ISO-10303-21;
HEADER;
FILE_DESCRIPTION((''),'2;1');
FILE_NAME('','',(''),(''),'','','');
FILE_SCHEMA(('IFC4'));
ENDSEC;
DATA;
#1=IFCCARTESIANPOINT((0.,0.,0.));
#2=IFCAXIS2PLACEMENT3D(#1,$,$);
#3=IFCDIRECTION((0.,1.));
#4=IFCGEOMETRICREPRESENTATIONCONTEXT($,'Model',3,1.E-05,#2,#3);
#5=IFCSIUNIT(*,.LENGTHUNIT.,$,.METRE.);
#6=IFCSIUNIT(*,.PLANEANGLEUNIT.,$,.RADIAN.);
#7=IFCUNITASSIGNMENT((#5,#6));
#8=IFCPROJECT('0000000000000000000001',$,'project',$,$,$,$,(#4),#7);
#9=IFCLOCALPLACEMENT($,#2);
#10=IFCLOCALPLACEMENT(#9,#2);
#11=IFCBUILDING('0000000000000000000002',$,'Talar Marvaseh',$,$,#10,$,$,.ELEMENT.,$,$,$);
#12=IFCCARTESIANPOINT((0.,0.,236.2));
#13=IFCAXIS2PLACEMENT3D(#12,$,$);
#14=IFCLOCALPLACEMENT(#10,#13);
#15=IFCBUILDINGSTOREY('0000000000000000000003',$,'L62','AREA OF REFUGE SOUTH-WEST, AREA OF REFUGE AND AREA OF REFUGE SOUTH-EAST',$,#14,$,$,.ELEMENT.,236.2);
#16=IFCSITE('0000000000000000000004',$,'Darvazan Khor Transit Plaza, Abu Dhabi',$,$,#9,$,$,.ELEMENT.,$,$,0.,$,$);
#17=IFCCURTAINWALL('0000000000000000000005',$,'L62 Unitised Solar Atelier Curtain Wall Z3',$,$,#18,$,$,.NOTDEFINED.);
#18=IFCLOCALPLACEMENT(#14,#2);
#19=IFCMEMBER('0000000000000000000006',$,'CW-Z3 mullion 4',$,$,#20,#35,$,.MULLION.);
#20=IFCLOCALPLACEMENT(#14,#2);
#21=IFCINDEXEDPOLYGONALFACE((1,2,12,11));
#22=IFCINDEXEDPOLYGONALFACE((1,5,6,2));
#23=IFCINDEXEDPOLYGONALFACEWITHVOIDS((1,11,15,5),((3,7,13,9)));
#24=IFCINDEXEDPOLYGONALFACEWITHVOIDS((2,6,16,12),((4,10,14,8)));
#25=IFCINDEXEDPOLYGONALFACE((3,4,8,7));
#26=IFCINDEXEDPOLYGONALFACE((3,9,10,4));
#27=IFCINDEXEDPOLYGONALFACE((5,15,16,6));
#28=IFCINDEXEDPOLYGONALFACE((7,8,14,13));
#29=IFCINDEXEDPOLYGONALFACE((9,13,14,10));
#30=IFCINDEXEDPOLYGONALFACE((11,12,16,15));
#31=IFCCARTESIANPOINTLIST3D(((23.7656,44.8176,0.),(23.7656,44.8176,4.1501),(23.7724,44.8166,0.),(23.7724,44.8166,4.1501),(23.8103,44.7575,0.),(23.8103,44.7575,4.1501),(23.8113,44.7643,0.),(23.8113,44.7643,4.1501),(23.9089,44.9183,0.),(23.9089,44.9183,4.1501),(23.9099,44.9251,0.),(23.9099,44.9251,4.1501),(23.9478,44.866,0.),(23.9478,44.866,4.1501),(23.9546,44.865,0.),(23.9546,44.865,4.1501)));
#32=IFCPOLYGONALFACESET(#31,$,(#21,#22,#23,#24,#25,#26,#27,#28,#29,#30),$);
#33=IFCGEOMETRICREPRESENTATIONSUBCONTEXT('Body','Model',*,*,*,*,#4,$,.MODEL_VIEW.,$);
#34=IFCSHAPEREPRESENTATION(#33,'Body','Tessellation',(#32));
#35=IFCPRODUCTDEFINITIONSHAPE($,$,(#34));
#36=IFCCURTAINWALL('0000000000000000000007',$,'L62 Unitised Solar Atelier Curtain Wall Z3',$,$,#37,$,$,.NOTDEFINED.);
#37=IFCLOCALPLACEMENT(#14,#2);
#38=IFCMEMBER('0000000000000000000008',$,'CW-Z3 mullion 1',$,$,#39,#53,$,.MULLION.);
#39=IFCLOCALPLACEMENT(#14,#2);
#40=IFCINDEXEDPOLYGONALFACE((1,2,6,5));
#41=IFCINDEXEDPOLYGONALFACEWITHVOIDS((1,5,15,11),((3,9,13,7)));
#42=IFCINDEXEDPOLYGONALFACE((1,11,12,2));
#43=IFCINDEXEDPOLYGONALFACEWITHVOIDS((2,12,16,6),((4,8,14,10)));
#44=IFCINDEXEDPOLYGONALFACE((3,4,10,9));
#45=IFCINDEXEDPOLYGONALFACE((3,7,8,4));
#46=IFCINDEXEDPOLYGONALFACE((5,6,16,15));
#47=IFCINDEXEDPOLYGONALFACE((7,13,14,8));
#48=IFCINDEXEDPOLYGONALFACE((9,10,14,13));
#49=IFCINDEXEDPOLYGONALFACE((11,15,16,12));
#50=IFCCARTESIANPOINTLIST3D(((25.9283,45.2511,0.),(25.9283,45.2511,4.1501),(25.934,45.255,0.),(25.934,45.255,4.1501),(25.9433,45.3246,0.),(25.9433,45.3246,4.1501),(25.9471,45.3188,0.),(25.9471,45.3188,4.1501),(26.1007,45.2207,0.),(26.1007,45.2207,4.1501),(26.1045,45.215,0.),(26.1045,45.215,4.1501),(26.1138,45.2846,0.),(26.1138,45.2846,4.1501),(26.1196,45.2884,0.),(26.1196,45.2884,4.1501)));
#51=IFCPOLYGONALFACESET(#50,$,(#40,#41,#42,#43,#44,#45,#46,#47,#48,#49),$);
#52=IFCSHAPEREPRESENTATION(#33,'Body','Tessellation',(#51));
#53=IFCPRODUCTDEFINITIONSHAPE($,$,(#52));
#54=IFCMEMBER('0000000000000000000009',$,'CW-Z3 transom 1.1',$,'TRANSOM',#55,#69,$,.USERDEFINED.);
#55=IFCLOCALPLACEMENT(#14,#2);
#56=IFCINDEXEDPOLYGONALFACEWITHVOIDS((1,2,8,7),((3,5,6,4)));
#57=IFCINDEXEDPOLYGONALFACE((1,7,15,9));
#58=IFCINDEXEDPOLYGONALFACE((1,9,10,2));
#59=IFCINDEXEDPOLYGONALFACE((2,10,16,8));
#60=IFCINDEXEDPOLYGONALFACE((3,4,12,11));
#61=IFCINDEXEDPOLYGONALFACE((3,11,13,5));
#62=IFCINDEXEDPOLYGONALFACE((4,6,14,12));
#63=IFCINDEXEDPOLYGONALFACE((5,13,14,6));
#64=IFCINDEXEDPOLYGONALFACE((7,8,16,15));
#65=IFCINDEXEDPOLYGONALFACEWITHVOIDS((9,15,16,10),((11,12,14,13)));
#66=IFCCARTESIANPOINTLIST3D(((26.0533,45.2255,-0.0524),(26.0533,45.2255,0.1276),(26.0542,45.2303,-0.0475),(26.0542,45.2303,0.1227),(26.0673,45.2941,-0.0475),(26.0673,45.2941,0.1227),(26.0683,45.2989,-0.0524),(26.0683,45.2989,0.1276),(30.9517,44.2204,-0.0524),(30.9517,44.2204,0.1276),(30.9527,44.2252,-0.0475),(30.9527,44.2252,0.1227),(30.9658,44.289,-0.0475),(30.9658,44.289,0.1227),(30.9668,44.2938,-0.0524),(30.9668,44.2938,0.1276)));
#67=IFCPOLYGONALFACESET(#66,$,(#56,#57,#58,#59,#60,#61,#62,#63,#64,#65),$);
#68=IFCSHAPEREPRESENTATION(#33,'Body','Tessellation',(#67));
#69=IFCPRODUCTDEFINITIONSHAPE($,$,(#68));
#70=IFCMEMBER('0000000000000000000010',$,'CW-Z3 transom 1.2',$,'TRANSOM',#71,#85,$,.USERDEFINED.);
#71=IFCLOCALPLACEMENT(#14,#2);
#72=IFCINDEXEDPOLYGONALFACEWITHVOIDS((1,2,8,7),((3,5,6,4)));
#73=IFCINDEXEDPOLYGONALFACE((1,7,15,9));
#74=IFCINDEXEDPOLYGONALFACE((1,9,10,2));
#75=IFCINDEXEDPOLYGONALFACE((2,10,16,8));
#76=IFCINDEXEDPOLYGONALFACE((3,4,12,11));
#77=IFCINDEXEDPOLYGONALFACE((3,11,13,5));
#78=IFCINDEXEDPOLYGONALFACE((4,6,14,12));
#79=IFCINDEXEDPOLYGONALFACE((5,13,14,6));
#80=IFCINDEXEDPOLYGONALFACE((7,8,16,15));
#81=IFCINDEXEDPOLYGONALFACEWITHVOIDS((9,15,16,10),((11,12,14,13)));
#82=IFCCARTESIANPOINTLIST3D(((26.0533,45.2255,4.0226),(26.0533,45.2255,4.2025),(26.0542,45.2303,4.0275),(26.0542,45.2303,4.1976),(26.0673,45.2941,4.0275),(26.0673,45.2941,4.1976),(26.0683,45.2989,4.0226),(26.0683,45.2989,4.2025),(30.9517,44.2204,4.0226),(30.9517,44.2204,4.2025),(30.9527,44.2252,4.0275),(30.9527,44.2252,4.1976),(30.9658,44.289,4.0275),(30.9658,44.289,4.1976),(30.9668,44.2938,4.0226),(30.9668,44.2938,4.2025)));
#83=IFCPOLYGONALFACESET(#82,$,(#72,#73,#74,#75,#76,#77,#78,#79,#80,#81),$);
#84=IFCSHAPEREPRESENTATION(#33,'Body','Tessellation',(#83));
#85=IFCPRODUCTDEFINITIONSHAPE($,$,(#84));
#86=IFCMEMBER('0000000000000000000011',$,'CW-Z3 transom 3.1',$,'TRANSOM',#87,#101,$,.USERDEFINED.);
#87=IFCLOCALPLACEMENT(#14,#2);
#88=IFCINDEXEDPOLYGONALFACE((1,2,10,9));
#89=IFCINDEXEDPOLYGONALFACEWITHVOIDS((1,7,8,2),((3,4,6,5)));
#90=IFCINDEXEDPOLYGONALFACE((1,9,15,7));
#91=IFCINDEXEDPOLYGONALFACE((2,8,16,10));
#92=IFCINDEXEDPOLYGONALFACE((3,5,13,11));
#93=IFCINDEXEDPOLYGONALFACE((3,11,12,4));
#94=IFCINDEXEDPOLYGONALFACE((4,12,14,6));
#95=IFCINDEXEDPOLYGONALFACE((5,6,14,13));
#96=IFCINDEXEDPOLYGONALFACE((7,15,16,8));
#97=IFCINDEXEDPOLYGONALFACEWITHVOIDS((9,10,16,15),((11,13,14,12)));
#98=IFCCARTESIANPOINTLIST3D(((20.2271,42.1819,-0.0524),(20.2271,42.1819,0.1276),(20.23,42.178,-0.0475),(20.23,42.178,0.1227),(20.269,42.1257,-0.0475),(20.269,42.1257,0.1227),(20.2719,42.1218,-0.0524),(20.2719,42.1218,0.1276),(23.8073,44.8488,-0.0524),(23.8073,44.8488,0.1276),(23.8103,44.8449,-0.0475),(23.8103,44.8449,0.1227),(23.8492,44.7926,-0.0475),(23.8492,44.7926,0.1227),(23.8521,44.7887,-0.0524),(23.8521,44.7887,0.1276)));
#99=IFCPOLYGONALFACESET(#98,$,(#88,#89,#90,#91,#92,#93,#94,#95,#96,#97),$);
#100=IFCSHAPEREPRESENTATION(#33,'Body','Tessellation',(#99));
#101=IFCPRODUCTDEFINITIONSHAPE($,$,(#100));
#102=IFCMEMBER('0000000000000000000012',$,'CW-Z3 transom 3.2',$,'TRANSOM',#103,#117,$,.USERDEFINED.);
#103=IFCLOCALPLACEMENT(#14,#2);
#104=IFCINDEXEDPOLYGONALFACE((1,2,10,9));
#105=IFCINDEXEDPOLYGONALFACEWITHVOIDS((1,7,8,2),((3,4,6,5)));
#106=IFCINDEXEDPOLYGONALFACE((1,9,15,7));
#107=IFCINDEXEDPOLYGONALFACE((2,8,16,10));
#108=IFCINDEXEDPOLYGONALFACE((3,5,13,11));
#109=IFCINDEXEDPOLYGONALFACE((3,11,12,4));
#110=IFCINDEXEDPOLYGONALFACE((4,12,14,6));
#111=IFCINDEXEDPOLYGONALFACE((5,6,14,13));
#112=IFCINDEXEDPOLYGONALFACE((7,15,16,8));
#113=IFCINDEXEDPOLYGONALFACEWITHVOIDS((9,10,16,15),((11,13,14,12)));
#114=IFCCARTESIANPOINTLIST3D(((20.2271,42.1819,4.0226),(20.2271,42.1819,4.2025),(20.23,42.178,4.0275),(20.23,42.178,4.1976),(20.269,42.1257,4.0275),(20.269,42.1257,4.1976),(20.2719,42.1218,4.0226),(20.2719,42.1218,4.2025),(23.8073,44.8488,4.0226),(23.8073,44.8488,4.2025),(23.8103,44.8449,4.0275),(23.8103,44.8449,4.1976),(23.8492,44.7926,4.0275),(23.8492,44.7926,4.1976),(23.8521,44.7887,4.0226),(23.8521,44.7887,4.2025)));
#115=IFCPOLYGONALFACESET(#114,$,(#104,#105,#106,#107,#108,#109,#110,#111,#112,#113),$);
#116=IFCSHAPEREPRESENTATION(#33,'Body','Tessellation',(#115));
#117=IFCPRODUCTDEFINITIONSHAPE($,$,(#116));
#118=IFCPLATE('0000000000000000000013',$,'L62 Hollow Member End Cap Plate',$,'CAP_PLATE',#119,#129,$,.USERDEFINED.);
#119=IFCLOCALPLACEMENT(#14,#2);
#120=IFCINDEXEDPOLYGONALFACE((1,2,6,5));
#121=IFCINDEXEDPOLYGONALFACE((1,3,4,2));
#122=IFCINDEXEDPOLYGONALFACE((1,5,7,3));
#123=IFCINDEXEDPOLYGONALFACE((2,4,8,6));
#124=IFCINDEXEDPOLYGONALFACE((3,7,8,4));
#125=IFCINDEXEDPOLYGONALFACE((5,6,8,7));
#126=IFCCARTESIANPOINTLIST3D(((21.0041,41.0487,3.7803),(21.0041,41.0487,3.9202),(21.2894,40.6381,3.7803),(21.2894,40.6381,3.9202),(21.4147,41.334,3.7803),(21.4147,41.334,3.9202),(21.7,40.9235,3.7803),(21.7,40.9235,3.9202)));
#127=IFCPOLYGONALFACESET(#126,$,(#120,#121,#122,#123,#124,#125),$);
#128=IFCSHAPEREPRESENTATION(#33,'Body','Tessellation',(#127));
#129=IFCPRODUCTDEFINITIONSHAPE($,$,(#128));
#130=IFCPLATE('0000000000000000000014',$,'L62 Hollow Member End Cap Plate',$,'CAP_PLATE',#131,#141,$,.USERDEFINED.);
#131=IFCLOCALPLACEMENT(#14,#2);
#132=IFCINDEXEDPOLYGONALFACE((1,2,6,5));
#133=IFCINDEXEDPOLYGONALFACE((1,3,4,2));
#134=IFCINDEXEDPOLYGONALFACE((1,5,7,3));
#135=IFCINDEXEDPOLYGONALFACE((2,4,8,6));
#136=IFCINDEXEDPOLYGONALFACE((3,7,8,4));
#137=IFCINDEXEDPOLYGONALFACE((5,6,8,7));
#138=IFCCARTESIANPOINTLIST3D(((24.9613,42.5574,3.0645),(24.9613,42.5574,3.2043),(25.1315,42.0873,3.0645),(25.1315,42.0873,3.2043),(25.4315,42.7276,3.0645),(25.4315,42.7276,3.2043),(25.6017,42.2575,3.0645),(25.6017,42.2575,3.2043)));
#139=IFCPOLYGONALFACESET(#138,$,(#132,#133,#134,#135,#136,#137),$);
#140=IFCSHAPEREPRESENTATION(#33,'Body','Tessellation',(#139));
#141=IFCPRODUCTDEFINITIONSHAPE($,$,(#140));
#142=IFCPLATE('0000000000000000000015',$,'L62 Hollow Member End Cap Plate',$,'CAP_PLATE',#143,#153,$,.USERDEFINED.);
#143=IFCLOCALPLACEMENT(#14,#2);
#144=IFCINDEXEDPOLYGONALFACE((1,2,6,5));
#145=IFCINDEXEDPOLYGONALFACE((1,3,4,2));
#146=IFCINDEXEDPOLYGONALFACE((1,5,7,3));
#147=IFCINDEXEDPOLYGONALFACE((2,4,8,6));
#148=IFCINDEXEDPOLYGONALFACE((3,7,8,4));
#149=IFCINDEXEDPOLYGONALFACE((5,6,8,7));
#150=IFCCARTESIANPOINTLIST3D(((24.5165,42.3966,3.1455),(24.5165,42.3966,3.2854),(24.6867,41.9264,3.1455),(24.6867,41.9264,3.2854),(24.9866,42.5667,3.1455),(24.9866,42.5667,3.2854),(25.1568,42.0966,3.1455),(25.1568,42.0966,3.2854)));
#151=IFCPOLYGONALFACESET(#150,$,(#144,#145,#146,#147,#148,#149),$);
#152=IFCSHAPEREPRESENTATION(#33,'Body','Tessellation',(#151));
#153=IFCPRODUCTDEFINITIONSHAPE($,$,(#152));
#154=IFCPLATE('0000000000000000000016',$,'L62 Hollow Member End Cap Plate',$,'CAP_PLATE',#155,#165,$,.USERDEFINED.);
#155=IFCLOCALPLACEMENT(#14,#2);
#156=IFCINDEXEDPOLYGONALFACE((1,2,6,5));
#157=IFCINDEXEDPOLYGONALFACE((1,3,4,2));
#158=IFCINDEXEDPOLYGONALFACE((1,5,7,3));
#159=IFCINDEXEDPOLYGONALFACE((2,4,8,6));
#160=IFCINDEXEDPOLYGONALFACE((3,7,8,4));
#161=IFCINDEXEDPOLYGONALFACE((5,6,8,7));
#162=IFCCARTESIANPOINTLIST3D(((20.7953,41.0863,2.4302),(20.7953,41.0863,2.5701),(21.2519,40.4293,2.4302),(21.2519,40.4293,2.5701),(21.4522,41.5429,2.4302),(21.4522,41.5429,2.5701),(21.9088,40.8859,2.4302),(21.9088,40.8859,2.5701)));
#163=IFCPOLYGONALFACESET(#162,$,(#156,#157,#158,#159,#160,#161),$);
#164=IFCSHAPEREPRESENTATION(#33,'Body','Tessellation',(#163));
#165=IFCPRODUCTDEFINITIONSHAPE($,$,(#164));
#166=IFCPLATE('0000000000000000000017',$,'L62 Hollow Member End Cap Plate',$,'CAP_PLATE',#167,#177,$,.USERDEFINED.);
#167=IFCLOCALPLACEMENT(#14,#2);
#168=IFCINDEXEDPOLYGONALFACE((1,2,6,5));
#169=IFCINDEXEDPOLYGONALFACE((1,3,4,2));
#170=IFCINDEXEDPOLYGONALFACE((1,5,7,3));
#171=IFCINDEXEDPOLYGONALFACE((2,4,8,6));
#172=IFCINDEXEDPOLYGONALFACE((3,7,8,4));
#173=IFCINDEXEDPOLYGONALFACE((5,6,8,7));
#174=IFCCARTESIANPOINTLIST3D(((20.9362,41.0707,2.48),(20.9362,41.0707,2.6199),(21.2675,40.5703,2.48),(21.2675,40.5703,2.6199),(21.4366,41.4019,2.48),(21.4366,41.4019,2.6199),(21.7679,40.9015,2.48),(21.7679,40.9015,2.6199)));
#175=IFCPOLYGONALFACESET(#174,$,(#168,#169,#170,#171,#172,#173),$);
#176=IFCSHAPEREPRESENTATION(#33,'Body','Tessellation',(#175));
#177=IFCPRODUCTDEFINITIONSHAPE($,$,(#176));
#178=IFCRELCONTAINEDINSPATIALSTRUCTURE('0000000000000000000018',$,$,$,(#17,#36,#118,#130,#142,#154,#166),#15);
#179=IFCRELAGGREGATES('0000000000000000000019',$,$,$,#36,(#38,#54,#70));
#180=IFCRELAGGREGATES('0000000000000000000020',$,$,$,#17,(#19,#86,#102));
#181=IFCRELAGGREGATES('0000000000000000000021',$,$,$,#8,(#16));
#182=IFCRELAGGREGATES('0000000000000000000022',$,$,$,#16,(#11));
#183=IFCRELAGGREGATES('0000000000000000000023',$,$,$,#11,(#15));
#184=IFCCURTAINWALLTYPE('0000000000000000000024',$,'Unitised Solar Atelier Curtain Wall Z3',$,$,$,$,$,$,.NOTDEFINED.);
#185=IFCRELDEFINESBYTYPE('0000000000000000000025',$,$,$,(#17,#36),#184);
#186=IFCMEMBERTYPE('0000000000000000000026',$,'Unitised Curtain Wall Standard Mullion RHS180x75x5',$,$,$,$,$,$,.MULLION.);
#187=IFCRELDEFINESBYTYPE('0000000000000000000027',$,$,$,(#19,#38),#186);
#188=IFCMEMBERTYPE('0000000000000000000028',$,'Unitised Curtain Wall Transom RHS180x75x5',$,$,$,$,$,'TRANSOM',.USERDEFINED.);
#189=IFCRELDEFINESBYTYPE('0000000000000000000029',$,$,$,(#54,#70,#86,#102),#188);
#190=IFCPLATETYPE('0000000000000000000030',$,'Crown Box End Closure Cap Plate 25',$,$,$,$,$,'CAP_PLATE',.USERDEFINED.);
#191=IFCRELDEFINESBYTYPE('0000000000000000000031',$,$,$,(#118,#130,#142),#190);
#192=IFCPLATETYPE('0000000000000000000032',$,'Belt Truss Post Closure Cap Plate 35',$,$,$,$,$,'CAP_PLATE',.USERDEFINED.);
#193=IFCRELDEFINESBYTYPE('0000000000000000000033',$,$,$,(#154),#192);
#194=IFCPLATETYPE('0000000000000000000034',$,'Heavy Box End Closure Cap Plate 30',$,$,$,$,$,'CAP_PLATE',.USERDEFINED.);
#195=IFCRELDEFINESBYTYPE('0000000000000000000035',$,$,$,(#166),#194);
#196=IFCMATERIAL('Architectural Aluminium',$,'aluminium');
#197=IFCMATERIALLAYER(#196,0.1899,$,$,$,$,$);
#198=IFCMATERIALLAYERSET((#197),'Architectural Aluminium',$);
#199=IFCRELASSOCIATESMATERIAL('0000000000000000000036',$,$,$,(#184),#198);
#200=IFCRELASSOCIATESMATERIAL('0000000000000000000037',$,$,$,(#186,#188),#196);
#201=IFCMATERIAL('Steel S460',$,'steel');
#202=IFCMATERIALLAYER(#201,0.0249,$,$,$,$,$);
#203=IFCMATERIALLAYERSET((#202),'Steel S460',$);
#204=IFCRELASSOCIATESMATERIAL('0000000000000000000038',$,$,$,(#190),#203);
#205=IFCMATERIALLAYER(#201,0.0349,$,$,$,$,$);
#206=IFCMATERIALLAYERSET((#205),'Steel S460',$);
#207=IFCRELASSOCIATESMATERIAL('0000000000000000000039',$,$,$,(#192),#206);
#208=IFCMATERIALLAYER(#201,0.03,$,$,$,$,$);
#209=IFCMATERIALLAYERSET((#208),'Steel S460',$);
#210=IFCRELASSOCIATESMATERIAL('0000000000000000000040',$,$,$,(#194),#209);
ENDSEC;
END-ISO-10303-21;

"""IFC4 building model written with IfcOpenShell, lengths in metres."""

from ifc_helpers import new_model, si_unit, direction, frame, origin, origin_2d, place, context, subcontext, project, spatial, rectangle, hollow_rectangle, extrude, source, transform, mapped, material, layer, layer_set, material_profile, profile_set, type_object, type_shapes, element, aggregate, save


model = new_model("IFC4")

# Units and contexts
model_context = context("Model", 3, precision=1e-05, world=origin(), true_north=direction((0.0, 1.0)))
body_context = subcontext(model_context, "Body", "Model", "MODEL_VIEW")
ifc_project = project(units=[si_unit("LENGTHUNIT", "METRE"), si_unit("PLANEANGLEUNIT", "RADIAN")], contexts=[model_context])

# Site, building, storey
site_placement = place(None, origin())
site = spatial("IfcSite", under=ifc_project, at=site_placement, Name="Darvazan Khor Transit Plaza, Abu Dhabi", CompositionType="ELEMENT", RefElevation=0.0)
building_placement = place(site_placement, origin())
building = spatial("IfcBuilding", under=site, at=building_placement, Name="Talar Marvaseh", CompositionType="ELEMENT")
storey_placement = place(building_placement, frame((0.0, 0.0, 236.2)))
storey = spatial("IfcBuildingStorey", under=building, at=storey_placement, Name="L62", Description="AREA OF REFUGE SOUTH-WEST, AREA OF REFUGE AND AREA OF REFUGE SOUTH-EAST", CompositionType="ELEMENT", Elevation=236.2)

# Shared definitions
ifc_material_1 = material(Name="Steel S460", Category="steel")

# Curtain walls, members
ifc_material_2 = material(Name="Architectural Aluminium", Category="aluminium")
ifc_layer_1 = layer(ifc_material_2, 0.1899)
ifc_layer_set_1 = layer_set([ifc_layer_1], Name="Architectural Aluminium")
curtain_wall_type = type_object("IfcCurtainWallType", Name="Unitised Solar Atelier Curtain Wall Z3", PredefinedType="NOTDEFINED", material=ifc_layer_set_1)
curtain_wall_1_placement = place(storey_placement, origin())
curtain_wall_1 = element("IfcCurtainWall", 1, at=curtain_wall_1_placement, inside=storey, type_object=curtain_wall_type, Name="L62 Unitised Solar Atelier Curtain Wall Z3", PredefinedType="NOTDEFINED")
ifc_material_profile_1 = material_profile(ifc_material_2, hollow_rectangle(XDim=0.075, YDim=0.1799, WallThickness=0.0049, at=origin_2d()), Name="RHS180x75x5")
ifc_profile_set_1 = profile_set([ifc_material_profile_1], Name="Architectural Aluminium")
member_type_1 = type_object("IfcMemberType", Name="Unitised Curtain Wall Standard Mullion RHS180x75x5", PredefinedType="MULLION", material=ifc_profile_set_1)
shared_shape_1 = source(origin(), body_context, "Body", "SweptSolid", [
    extrude(hollow_rectangle(XDim=0.075, YDim=0.1799, WallThickness=0.0049, at=origin_2d()), origin(), (0.0, 0.0, 1.0), 4.1501),
])
type_shapes(member_type_1, [shared_shape_1])
member_1_placement = place(storey_placement, frame((23.8601, 44.8413, 0.0), z_axis=(0.0, 0.0, 1.0), x_axis=(-0.597376, 0.801961, 0.0)))
member_1 = element("IfcMember", 2, at=member_1_placement, type_object=member_type_1, Name="CW-Z3 mullion 4", PredefinedType="MULLION", context=body_context, shape_type="MappedRepresentation", body=[
    mapped(shared_shape_1, transform((0.0, 0.0, 0.0), x_axis=(1.0, 0.0, 0.0), y_axis=(0.0, 1.0, 0.0), z_axis=(0.0, 0.0, 1.0), scale=1.0)),
])
curtain_wall_2_placement = place(storey_placement, origin())
curtain_wall_2 = element("IfcCurtainWall", 3, at=curtain_wall_2_placement, inside=storey, type_object=curtain_wall_type, Name="L62 Unitised Solar Atelier Curtain Wall Z3", PredefinedType="NOTDEFINED")
member_2_placement = place(storey_placement, frame((26.0239, 45.2698, 0.0), z_axis=(0.0, 0.0, 1.0), x_axis=(0.201011, 0.979589, 0.0)))
member_2 = element("IfcMember", 4, at=member_2_placement, type_object=member_type_1, Name="CW-Z3 mullion 1", PredefinedType="MULLION", context=body_context, shape_type="MappedRepresentation", body=[
    mapped(shared_shape_1, transform((0.0, 0.0, 0.0), x_axis=(1.0, 0.0, 0.0), y_axis=(0.0, 1.0, 0.0), z_axis=(0.0, 0.0, 1.0), scale=1.0)),
])
ifc_material_profile_2 = material_profile(ifc_material_2, hollow_rectangle(XDim=0.075, YDim=0.1799, WallThickness=0.0049, at=origin_2d()), Name="RHS180x75x5")
ifc_profile_set_2 = profile_set([ifc_material_profile_2], Name="Architectural Aluminium")
member_type_2 = type_object("IfcMemberType", Name="Unitised Curtain Wall Transom RHS180x75x5", ElementType="TRANSOM", PredefinedType="USERDEFINED", material=ifc_profile_set_2)
shared_shape_2 = source(origin(), body_context, "Body", "SweptSolid", [
    extrude(hollow_rectangle(XDim=0.075, YDim=0.1799, WallThickness=0.0049, at=origin_2d()), origin(), (0.0, 0.0, 1.0), 5.0005),
])
member_3_placement = place(storey_placement, frame((26.0608, 45.2622, 0.0376), z_axis=(0.97959, -0.201005, 0.0), x_axis=(0.201005, 0.97959, 0.0)))
member_3 = element("IfcMember", 5, at=member_3_placement, type_object=member_type_2, Name="CW-Z3 transom 1.1", ObjectType="TRANSOM", PredefinedType="USERDEFINED", context=body_context, shape_type="MappedRepresentation", body=[
    mapped(shared_shape_2, transform((0.0, 0.0, 0.0), x_axis=(1.0, 0.0, 0.0), y_axis=(0.0, 1.0, 0.0), z_axis=(0.0, 0.0, 1.0), scale=1.0)),
])
member_4_placement = place(storey_placement, frame((26.0608, 45.2622, 4.1125), z_axis=(0.97959, -0.201005, 0.0), x_axis=(0.201005, 0.97959, 0.0)))
member_4 = element("IfcMember", 6, at=member_4_placement, type_object=member_type_2, Name="CW-Z3 transom 1.2", ObjectType="TRANSOM", PredefinedType="USERDEFINED", context=body_context, shape_type="MappedRepresentation", body=[
    mapped(shared_shape_2, transform((0.0, 0.0, 0.0), x_axis=(1.0, 0.0, 0.0), y_axis=(0.0, 1.0, 0.0), z_axis=(0.0, 0.0, 1.0), scale=1.0)),
])

# Members
shared_shape_3 = source(origin(), body_context, "Body", "SweptSolid", [
    extrude(hollow_rectangle(XDim=0.075, YDim=0.1799, WallThickness=0.0049, at=origin_2d()), origin(), (0.0, 0.0, 1.0), 4.4644),
])
type_shapes(member_type_2, [shared_shape_2, shared_shape_3])
member_5_placement = place(storey_placement, frame((20.2495, 42.1519, 0.0376), z_axis=(0.801958, 0.597381, 0.0), x_axis=(-0.597381, 0.801958, 0.0)))
member_5 = element("IfcMember", 7, at=member_5_placement, type_object=member_type_2, Name="CW-Z3 transom 3.1", ObjectType="TRANSOM", PredefinedType="USERDEFINED", context=body_context, shape_type="MappedRepresentation", body=[
    mapped(shared_shape_3, transform((0.0, 0.0, 0.0), x_axis=(1.0, 0.0, 0.0), y_axis=(0.0, 1.0, 0.0), z_axis=(0.0, 0.0, 1.0), scale=1.0)),
])
member_6_placement = place(storey_placement, frame((20.2495, 42.1519, 4.1125), z_axis=(0.801958, 0.597381, 0.0), x_axis=(-0.597381, 0.801958, 0.0)))
member_6 = element("IfcMember", 8, at=member_6_placement, type_object=member_type_2, Name="CW-Z3 transom 3.2", ObjectType="TRANSOM", PredefinedType="USERDEFINED", context=body_context, shape_type="MappedRepresentation", body=[
    mapped(shared_shape_3, transform((0.0, 0.0, 0.0), x_axis=(1.0, 0.0, 0.0), y_axis=(0.0, 1.0, 0.0), z_axis=(0.0, 0.0, 1.0), scale=1.0)),
])

# Plates
ifc_layer_2 = layer(ifc_material_1, 0.0249)
ifc_layer_set_2 = layer_set([ifc_layer_2], Name="Steel S460")
plate_type_1 = type_object("IfcPlateType", Name="Crown Box End Closure Cap Plate 25", ElementType="CAP_PLATE", PredefinedType="USERDEFINED", material=ifc_layer_set_2)
shared_shape_4 = source(origin(), body_context, "Body", "SweptSolid", [
    extrude(rectangle(XDim=0.5, YDim=0.5, at=origin_2d()), origin(), (0.0, 0.0, 1.0), 0.1399),
])
type_shapes(plate_type_1, [shared_shape_4])
for number, where, z_axis, x_axis, name in (
    (9, (21.3521, 40.9861, 3.7803), (0.0, 0.0, 1.0), (0.821149, 0.570714, 0.0), "L62 Hollow Member End Cap Plate"),
    (10, (25.2815, 42.4075, 3.0645), (0.0, 0.0, 1.0), (-0.940288, -0.34038, 0.0), "L62 Hollow Member End Cap Plate"),
    (11, (24.8367, 42.2466, 3.1455), (0.0, 0.0, 1.0), (-0.940288, -0.34038, 0.0), "L62 Hollow Member End Cap Plate"),
):
    element("IfcPlate", number, at=place(storey_placement, frame(where, z_axis=z_axis, x_axis=x_axis)), inside=storey, type_object=plate_type_1, Name=name, ObjectType="CAP_PLATE", PredefinedType="USERDEFINED", context=body_context, shape_type="MappedRepresentation", body=[
        mapped(shared_shape_4, transform((0.0, 0.0, 0.0), x_axis=(1.0, 0.0, 0.0), y_axis=(0.0, 1.0, 0.0), z_axis=(0.0, 0.0, 1.0), scale=1.0)),
    ])
ifc_layer_3 = layer(ifc_material_1, 0.0349)
ifc_layer_set_3 = layer_set([ifc_layer_3], Name="Steel S460")
plate_type_2 = type_object("IfcPlateType", Name="Belt Truss Post Closure Cap Plate 35", ElementType="CAP_PLATE", PredefinedType="USERDEFINED", material=ifc_layer_set_3)
shared_shape_5 = source(origin(), body_context, "Body", "SweptSolid", [
    extrude(rectangle(XDim=0.8, YDim=0.8, at=origin_2d()), origin(), (0.0, 0.0, 1.0), 0.1399),
])
plate_1_placement = place(storey_placement, frame((21.3521, 40.9861, 2.4302), z_axis=(0.0, 0.0, 1.0), x_axis=(0.821149, 0.570714, 0.0)))
element("IfcPlate", 12, at=plate_1_placement, inside=storey, type_object=plate_type_2, Name="L62 Hollow Member End Cap Plate", ObjectType="CAP_PLATE", PredefinedType="USERDEFINED", context=body_context, shape_type="MappedRepresentation", body=[
    mapped(shared_shape_5, transform((0.0, 0.0, 0.0), x_axis=(1.0, 0.0, 0.0), y_axis=(0.0, 1.0, 0.0), z_axis=(0.0, 0.0, 1.0), scale=1.0)),
])
ifc_layer_4 = layer(ifc_material_1, 0.03)
ifc_layer_set_4 = layer_set([ifc_layer_4], Name="Steel S460")
plate_type_3 = type_object("IfcPlateType", Name="Heavy Box End Closure Cap Plate 30", ElementType="CAP_PLATE", PredefinedType="USERDEFINED", material=ifc_layer_set_4)
shared_shape_6 = source(origin(), body_context, "Body", "SweptSolid", [
    extrude(rectangle(XDim=0.6001, YDim=0.6001, at=origin_2d()), origin(), (0.0, 0.0, 1.0), 0.1399),
])
type_shapes(plate_type_3, [shared_shape_6])
plate_2_placement = place(storey_placement, frame((21.3521, 40.9861, 2.48), z_axis=(0.0, 0.0, 1.0), x_axis=(0.551937, -0.833886, 0.0)))
element("IfcPlate", 13, at=plate_2_placement, inside=storey, type_object=plate_type_3, Name="L62 Hollow Member End Cap Plate", ObjectType="CAP_PLATE", PredefinedType="USERDEFINED", context=body_context, shape_type="MappedRepresentation", body=[
    mapped(shared_shape_6, transform((0.0, 0.0, 0.0), x_axis=(1.0, 0.0, 0.0), y_axis=(0.0, 1.0, 0.0), z_axis=(0.0, 0.0, 1.0), scale=1.0)),
])

aggregate(curtain_wall_2, [member_2, member_3, member_4])
aggregate(curtain_wall_1, [member_1, member_5, member_6])

save(model, "model.ifc")
